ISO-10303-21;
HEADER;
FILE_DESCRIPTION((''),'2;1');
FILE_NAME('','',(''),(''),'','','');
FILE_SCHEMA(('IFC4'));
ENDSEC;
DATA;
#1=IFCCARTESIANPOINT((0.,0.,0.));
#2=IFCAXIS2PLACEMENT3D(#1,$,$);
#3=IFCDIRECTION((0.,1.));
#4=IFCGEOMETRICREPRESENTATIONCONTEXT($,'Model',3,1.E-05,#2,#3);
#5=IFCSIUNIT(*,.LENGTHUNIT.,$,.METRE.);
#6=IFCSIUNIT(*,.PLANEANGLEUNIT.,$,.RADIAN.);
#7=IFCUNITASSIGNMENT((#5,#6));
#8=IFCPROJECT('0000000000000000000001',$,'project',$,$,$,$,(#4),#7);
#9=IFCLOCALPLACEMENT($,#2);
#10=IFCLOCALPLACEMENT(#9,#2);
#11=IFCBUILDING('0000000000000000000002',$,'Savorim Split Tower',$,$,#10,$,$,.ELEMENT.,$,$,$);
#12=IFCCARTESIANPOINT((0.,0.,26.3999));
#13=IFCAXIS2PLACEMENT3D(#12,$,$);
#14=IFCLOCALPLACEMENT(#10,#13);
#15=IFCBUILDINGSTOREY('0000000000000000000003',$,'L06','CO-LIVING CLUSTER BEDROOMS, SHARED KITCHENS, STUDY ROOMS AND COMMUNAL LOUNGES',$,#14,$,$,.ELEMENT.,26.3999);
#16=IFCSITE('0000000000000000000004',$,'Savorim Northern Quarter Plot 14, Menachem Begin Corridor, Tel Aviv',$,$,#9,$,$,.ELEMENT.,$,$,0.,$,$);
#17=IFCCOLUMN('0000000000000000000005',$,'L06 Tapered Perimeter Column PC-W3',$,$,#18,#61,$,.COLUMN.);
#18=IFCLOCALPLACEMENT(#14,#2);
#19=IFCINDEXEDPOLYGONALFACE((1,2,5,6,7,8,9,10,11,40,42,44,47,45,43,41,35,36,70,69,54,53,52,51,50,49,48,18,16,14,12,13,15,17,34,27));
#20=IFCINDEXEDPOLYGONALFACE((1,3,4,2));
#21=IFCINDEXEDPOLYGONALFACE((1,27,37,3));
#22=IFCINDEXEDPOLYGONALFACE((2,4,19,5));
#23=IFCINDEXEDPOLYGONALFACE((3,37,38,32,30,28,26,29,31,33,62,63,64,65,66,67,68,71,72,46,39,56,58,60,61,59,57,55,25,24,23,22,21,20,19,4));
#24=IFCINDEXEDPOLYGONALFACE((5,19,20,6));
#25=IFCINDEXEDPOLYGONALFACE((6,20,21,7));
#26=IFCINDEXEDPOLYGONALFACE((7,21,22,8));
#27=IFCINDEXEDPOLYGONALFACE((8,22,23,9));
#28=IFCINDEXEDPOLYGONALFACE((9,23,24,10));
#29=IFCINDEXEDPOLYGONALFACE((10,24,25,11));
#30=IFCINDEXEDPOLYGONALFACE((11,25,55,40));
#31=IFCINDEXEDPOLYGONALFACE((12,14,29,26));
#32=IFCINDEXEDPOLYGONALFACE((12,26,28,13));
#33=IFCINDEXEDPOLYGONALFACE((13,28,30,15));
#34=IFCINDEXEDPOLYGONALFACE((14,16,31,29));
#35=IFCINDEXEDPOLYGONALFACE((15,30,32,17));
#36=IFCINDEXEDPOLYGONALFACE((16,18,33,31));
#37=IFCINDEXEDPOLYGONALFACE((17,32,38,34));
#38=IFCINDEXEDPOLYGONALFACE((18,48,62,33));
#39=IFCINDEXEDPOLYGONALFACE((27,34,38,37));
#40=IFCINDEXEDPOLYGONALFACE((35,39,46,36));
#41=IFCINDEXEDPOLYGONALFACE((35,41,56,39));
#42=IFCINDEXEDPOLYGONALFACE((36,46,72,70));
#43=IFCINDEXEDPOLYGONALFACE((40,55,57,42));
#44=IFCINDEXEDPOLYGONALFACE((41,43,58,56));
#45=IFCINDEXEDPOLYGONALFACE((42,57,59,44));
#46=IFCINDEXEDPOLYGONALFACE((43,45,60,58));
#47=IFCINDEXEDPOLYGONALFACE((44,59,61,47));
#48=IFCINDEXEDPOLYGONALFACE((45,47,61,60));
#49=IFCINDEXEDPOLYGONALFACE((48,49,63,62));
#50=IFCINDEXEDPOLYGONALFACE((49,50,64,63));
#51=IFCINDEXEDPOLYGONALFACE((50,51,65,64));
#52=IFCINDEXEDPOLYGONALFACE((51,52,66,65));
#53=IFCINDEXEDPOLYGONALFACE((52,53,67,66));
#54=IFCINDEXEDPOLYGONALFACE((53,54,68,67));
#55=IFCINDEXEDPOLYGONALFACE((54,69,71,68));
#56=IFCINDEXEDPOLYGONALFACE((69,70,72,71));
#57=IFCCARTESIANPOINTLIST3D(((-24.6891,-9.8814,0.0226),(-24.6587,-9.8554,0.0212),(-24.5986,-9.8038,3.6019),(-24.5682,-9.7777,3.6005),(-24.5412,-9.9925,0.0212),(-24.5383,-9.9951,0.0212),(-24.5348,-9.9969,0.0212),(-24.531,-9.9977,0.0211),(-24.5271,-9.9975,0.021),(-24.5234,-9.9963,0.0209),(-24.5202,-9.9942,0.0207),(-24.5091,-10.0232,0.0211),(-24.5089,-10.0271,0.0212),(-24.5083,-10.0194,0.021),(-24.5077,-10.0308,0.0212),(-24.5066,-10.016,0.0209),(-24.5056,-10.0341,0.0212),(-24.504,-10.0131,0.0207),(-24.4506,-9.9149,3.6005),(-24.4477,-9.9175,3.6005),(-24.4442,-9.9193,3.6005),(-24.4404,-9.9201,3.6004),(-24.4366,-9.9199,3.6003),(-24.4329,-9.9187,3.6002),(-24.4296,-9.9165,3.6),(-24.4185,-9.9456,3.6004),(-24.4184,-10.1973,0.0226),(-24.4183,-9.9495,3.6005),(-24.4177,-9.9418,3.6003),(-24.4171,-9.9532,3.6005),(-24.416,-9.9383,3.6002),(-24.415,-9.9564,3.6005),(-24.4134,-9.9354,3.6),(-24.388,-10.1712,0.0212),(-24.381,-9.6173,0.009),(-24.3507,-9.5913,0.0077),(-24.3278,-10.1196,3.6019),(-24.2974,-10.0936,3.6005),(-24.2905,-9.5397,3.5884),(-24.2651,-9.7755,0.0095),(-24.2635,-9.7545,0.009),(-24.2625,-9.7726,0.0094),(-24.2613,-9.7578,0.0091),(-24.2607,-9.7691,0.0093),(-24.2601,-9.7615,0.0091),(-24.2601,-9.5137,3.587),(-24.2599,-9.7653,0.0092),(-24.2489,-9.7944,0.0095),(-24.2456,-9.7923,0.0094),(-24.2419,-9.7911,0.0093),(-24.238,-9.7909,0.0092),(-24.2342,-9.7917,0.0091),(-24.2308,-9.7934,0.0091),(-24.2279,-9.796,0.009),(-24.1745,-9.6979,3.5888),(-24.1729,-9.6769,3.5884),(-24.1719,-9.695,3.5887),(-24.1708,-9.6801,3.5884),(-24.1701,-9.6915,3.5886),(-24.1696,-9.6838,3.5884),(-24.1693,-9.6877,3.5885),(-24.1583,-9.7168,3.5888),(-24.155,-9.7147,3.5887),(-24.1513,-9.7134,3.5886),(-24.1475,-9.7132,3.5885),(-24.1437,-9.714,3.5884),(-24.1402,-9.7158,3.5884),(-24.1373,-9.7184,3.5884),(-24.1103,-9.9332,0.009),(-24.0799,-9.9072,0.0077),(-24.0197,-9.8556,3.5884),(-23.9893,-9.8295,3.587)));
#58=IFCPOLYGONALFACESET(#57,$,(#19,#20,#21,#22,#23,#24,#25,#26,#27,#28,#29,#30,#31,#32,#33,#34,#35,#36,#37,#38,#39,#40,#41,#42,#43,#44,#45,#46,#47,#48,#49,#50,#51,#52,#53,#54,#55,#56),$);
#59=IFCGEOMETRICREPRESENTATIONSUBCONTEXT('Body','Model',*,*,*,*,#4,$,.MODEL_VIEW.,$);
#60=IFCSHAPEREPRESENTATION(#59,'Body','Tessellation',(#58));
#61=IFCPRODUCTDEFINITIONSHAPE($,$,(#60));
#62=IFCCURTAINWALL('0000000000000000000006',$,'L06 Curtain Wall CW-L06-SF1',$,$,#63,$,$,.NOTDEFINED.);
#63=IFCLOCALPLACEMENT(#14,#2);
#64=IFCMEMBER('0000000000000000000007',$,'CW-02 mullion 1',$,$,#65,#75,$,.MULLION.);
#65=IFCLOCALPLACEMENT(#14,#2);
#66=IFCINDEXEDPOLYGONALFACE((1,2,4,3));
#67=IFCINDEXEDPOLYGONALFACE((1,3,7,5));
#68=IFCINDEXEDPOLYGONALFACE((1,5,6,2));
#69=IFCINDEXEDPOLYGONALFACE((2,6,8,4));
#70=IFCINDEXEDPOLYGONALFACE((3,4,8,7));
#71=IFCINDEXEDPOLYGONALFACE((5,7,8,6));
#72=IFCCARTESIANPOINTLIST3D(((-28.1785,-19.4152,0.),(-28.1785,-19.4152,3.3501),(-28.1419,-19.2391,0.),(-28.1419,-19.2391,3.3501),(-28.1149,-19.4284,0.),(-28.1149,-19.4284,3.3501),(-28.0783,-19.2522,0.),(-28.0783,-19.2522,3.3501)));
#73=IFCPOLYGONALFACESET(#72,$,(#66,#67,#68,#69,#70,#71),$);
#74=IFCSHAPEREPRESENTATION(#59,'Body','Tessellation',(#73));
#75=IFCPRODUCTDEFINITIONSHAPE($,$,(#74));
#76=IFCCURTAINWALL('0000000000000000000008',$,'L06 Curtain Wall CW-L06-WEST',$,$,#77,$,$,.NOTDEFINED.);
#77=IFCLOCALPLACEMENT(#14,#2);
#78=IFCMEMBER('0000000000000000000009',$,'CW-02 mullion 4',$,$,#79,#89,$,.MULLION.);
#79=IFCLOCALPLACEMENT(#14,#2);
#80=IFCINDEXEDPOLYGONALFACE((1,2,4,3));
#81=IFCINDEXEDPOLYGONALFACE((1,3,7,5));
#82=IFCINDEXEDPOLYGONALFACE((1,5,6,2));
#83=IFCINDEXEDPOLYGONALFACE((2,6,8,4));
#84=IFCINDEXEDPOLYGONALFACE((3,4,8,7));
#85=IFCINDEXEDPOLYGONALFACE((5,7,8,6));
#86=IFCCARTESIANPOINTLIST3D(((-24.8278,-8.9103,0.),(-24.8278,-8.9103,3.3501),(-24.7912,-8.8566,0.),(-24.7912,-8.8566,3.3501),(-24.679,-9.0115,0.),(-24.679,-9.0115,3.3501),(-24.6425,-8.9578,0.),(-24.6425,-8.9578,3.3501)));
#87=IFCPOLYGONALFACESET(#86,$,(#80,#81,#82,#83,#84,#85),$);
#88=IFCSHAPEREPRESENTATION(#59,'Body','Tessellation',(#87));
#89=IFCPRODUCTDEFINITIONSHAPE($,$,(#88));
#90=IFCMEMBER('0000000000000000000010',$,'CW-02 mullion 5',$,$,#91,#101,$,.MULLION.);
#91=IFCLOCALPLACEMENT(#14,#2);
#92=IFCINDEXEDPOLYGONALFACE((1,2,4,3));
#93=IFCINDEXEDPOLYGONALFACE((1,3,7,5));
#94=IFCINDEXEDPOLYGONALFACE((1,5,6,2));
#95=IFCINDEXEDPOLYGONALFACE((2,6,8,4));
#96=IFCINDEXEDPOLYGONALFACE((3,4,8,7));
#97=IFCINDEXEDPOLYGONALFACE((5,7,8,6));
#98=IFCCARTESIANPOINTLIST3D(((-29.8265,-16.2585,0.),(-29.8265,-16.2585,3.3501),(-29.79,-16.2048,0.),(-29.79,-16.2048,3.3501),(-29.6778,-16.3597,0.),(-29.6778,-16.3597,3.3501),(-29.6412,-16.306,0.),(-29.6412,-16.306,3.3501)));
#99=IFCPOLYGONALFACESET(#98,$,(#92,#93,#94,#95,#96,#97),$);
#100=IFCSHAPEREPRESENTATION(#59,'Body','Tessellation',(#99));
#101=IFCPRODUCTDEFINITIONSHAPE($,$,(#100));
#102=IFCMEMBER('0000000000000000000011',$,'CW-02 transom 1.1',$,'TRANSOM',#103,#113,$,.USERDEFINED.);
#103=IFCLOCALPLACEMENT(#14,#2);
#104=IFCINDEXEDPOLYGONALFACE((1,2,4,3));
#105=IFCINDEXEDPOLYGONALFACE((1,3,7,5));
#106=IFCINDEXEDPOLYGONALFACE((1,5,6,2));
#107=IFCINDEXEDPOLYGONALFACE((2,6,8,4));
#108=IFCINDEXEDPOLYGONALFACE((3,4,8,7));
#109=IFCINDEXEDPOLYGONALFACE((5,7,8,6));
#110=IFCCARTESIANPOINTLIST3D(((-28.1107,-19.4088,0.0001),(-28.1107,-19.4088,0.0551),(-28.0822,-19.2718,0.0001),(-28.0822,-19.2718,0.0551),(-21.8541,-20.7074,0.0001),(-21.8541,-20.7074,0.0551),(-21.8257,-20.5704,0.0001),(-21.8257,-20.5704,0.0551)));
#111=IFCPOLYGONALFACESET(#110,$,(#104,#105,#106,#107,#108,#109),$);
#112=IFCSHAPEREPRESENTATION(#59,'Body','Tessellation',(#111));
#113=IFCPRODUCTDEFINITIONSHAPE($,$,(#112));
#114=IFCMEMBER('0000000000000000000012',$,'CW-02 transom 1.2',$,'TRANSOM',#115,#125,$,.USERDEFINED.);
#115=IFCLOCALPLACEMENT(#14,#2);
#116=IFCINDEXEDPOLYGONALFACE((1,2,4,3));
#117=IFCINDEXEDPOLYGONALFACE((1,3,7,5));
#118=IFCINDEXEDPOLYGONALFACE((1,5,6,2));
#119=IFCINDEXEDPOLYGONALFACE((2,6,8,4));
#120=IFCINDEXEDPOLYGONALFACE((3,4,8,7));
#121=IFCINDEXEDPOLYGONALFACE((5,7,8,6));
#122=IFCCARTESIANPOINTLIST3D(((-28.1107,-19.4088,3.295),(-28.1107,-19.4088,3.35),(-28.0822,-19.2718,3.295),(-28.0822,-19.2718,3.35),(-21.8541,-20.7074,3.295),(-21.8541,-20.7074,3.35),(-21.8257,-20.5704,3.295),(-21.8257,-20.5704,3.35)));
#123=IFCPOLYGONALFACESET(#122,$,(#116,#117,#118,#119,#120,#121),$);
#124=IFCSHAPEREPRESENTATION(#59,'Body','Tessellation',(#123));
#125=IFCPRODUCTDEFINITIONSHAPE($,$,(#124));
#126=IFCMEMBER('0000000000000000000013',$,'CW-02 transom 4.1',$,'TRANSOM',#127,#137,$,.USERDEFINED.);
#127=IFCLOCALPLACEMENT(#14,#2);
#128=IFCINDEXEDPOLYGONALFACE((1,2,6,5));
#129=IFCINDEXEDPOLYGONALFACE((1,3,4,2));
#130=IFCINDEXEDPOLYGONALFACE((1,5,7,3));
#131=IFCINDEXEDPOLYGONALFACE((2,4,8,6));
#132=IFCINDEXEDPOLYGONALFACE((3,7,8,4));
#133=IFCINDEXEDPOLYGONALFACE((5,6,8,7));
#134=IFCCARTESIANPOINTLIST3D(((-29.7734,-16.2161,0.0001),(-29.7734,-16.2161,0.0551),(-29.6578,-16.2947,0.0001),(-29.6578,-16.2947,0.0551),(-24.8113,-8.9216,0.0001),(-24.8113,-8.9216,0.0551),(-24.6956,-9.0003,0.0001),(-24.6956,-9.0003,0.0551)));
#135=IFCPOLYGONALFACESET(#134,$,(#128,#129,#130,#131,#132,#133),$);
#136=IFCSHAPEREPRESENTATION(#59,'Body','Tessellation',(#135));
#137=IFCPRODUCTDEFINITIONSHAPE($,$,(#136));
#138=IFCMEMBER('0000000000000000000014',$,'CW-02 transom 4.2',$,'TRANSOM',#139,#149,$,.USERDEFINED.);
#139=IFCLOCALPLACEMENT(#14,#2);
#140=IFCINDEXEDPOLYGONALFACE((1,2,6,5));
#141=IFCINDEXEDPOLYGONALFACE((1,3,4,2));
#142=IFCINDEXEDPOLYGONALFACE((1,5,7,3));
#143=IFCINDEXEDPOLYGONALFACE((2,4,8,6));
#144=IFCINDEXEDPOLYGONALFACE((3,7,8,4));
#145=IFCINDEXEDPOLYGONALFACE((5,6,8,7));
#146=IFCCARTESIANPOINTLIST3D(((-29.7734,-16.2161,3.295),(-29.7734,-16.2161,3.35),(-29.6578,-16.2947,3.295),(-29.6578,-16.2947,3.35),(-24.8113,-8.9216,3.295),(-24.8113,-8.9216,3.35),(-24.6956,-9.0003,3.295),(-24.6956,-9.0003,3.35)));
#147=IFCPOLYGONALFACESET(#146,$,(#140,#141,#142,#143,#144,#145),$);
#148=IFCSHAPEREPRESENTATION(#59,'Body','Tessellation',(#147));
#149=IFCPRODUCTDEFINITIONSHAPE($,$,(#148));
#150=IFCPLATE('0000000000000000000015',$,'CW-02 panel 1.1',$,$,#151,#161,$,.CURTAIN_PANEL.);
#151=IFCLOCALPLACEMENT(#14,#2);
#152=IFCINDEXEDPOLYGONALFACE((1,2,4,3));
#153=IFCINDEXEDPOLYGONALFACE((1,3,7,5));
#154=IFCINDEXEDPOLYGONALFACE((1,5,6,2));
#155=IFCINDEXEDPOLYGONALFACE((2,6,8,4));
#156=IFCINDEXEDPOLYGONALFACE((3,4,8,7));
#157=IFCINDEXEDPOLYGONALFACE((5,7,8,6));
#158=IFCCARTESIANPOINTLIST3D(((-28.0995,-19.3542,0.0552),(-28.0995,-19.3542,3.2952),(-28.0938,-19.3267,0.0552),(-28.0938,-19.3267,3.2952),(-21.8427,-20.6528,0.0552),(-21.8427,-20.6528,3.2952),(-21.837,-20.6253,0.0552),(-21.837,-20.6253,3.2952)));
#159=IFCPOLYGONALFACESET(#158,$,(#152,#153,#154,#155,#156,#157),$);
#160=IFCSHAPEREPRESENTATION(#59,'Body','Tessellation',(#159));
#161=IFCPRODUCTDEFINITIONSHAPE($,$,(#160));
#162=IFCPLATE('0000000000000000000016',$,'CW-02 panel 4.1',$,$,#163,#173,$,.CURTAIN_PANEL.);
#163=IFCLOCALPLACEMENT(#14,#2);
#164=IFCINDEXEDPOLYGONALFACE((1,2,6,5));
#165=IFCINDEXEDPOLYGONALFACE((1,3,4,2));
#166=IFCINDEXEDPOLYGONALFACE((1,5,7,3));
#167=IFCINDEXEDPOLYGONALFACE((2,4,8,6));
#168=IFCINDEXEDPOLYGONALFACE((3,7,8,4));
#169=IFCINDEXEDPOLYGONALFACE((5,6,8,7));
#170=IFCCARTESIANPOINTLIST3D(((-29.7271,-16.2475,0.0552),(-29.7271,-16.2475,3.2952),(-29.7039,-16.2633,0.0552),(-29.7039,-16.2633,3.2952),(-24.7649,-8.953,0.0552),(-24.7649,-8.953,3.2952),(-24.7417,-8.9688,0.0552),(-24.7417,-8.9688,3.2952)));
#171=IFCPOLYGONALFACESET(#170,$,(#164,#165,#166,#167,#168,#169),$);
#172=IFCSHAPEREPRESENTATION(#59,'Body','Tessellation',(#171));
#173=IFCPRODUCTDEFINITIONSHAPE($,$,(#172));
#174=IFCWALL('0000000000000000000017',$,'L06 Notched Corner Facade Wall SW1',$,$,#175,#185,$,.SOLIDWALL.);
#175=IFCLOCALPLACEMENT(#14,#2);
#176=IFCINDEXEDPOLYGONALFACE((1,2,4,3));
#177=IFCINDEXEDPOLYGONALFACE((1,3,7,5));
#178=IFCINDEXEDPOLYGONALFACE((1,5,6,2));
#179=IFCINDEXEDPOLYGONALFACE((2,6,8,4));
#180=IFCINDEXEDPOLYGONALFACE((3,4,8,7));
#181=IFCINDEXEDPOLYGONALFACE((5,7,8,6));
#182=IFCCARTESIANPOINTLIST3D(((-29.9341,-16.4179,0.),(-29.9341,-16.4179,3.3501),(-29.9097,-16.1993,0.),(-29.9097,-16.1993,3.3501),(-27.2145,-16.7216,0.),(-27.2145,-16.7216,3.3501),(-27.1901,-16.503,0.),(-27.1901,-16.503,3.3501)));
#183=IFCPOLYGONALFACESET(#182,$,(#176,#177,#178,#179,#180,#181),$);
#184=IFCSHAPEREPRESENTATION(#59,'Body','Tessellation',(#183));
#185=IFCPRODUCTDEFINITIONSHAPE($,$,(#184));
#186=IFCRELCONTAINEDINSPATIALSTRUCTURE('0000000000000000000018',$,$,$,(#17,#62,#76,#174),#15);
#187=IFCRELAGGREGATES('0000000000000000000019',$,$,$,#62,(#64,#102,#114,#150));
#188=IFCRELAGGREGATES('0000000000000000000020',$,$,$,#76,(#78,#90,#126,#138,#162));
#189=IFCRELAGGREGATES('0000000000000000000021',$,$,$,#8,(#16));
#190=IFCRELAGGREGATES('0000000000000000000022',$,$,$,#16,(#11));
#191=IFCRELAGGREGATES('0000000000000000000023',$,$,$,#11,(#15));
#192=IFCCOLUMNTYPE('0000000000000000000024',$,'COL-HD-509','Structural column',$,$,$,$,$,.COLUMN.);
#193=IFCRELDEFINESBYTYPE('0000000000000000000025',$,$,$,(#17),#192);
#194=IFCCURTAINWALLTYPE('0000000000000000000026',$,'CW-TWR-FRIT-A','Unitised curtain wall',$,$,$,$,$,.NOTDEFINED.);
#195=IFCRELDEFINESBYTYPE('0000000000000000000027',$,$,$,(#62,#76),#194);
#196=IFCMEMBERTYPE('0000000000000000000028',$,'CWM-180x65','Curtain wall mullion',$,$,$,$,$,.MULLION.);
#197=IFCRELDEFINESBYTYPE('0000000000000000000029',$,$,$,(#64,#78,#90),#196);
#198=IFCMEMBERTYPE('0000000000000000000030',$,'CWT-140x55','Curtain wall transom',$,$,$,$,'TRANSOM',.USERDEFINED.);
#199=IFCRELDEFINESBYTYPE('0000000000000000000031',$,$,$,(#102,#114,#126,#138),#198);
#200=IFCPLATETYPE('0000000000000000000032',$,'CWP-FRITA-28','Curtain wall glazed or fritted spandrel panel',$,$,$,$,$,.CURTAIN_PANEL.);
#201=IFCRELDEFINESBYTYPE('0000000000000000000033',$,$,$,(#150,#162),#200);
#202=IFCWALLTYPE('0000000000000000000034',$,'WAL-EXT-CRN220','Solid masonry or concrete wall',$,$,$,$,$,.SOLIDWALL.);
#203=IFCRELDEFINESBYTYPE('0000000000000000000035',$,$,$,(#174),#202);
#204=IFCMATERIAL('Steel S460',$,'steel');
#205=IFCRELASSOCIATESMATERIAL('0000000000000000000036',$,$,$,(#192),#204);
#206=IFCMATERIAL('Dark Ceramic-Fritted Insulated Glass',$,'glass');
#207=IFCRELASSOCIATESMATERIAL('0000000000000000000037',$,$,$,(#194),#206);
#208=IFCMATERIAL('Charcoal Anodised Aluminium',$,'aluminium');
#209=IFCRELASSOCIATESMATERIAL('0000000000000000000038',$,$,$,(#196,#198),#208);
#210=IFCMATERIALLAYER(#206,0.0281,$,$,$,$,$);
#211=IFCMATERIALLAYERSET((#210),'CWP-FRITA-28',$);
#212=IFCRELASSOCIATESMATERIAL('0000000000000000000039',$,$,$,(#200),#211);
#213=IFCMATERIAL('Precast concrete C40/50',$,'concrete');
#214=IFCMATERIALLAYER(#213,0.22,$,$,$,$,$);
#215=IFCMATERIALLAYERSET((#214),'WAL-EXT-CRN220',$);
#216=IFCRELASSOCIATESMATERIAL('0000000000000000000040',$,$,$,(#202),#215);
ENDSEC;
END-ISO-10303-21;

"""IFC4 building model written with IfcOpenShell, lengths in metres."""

from ifc_helpers import new_model, si_unit, direction, frame, frame_2d, origin, origin_2d, place, context, subcontext, project, spatial, rectangle, i_section, extrude, material, layer, layer_set, material_profile, profile_set, type_object, element, aggregate, save


model = new_model("IFC4")

# Units and contexts
model_context = context("Model", 3, precision=1e-05, world=origin(), true_north=direction((0.0, 1.0)))
body_context = subcontext(model_context, "Body", "Model", "MODEL_VIEW")
ifc_project = project(units=[si_unit("LENGTHUNIT", "METRE"), si_unit("PLANEANGLEUNIT", "RADIAN")], contexts=[model_context])

# Site, building, storey
site_placement = place(None, origin())
site = spatial("IfcSite", under=ifc_project, at=site_placement, Name="Savorim Northern Quarter Plot 14, Menachem Begin Corridor, Tel Aviv", CompositionType="ELEMENT", RefElevation=0.0)
building_placement = place(site_placement, origin())
building = spatial("IfcBuilding", under=site, at=building_placement, Name="Savorim Split Tower", CompositionType="ELEMENT")
storey_placement = place(building_placement, frame((0.0, 0.0, 26.3999)))
storey = spatial("IfcBuildingStorey", under=building, at=storey_placement, Name="L06", Description="CO-LIVING CLUSTER BEDROOMS, SHARED KITCHENS, STUDY ROOMS AND COMMUNAL LOUNGES", CompositionType="ELEMENT", Elevation=26.3999)

# Column
ifc_material_1 = material(Name="Steel S460", Category="steel")
ifc_material_profile_1 = material_profile(ifc_material_1, i_section(OverallWidth=0.416, OverallDepth=0.446, WebThickness=0.0249, FlangeThickness=0.04, FilletRadius=0.0149, at=origin_2d()), Name="HD 400x509")
ifc_profile_set_1 = profile_set([ifc_material_profile_1], Name="Steel S460")
column_type = type_object("IfcColumnType", Name="COL-HD-509", Description="Structural column", PredefinedType="COLUMN", material=ifc_profile_set_1)
column_placement = place(storey_placement, frame((-24.3845, -9.8943, 0.0151), z_axis=(0.025291, 0.021678, 0.999445), x_axis=(-0.650791, 0.759257, 0.0)))
element("IfcColumn", 1, at=column_placement, inside=storey, type_object=column_type, Name="L06 Tapered Perimeter Column PC-W3", PredefinedType="COLUMN", context=body_context, shape_type="SweptSolid", body=[
    extrude(i_section(OverallWidth=0.416, OverallDepth=0.446, WebThickness=0.0249, FlangeThickness=0.04, FilletRadius=0.0149, at=origin_2d()), origin(), (0.0, 0.0, 1.0), 3.5813),
])

# Curtain wall, member
ifc_material_2 = material(Name="Dark Ceramic-Fritted Insulated Glass", Category="glass")
curtain_wall_type = type_object("IfcCurtainWallType", Name="CW-TWR-FRIT-A", Description="Unitised curtain wall", PredefinedType="NOTDEFINED", material=ifc_material_2)
curtain_wall_1_placement = place(storey_placement, origin())
curtain_wall_1 = element("IfcCurtainWall", 2, at=curtain_wall_1_placement, inside=storey, type_object=curtain_wall_type, Name="L06 Curtain Wall CW-L06-SF1", PredefinedType="NOTDEFINED")
ifc_material_3 = material(Name="Charcoal Anodised Aluminium", Category="aluminium")
ifc_material_profile_2 = material_profile(ifc_material_3, rectangle(XDim=0.1799, YDim=0.0649, at=origin_2d()), Name="ALU-M 180x65")
ifc_profile_set_2 = profile_set([ifc_material_profile_2], Name="Charcoal Anodised Aluminium")
member_type_1 = type_object("IfcMemberType", Name="CWM-180x65", Description="Curtain wall mullion", PredefinedType="MULLION", material=ifc_profile_set_2)
member_1_placement = place(storey_placement, frame((-28.1284, -19.3337, 0.0), z_axis=(0.0, 0.0, 1.0), x_axis=(0.20321, 0.979135, 0.0)))
member_1 = element("IfcMember", 3, at=member_1_placement, type_object=member_type_1, Name="CW-02 mullion 1", PredefinedType="MULLION", context=body_context, shape_type="SweptSolid", body=[
    extrude(rectangle(XDim=0.1799, YDim=0.0649, at=origin_2d()), origin(), (0.0, 0.0, 1.0), 3.3501),
])

# Curtain wall, members
curtain_wall_2_placement = place(storey_placement, origin())
curtain_wall_2 = element("IfcCurtainWall", 4, at=curtain_wall_2_placement, inside=storey, type_object=curtain_wall_type, Name="L06 Curtain Wall CW-L06-WEST", PredefinedType="NOTDEFINED")
member_2_placement = place(storey_placement, frame((-24.7351, -8.9341, 0.0), z_axis=(0.0, 0.0, 1.0), x_axis=(0.826821, -0.562465, 0.0)))
member_2 = element("IfcMember", 5, at=member_2_placement, type_object=member_type_1, Name="CW-02 mullion 4", PredefinedType="MULLION", context=body_context, shape_type="SweptSolid", body=[
    extrude(rectangle(XDim=0.1799, YDim=0.0649, at=origin_2d()), origin(), (0.0, 0.0, 1.0), 3.3501),
])
member_3_placement = place(storey_placement, frame((-29.7339, -16.2822, 0.0), z_axis=(0.0, 0.0, 1.0), x_axis=(0.826821, -0.562465, 0.0)))
member_3 = element("IfcMember", 6, at=member_3_placement, type_object=member_type_1, Name="CW-02 mullion 5", PredefinedType="MULLION", context=body_context, shape_type="SweptSolid", body=[
    extrude(rectangle(XDim=0.1799, YDim=0.0649, at=origin_2d()), origin(), (0.0, 0.0, 1.0), 3.3501),
])

# Members
ifc_material_profile_3 = material_profile(ifc_material_3, rectangle(XDim=0.1399, YDim=0.0549, at=origin_2d()), Name="ALU-T 140x55")
ifc_profile_set_3 = profile_set([ifc_material_profile_3], Name="Charcoal Anodised Aluminium")
member_type_2 = type_object("IfcMemberType", Name="CWT-140x55", Description="Curtain wall transom", ElementType="TRANSOM", PredefinedType="USERDEFINED", material=ifc_profile_set_3)
member_4_placement = place(storey_placement, frame((-28.0964, -19.3403, 0.0276), z_axis=(0.979132, -0.203223, 0.0), x_axis=(0.203223, 0.979132, 0.0)))
member_4 = element("IfcMember", 7, at=member_4_placement, type_object=member_type_2, Name="CW-02 transom 1.1", ObjectType="TRANSOM", PredefinedType="USERDEFINED", context=body_context, shape_type="SweptSolid", body=[
    extrude(rectangle(XDim=0.1399, YDim=0.0549, at=origin_2d()), origin(), (0.0, 0.0, 1.0), 6.3899),
])
member_5_placement = place(storey_placement, frame((-28.0964, -19.3403, 3.3225), z_axis=(0.979132, -0.203223, 0.0), x_axis=(0.203223, 0.979132, 0.0)))
member_5 = element("IfcMember", 8, at=member_5_placement, type_object=member_type_2, Name="CW-02 transom 1.2", ObjectType="TRANSOM", PredefinedType="USERDEFINED", context=body_context, shape_type="SweptSolid", body=[
    extrude(rectangle(XDim=0.1399, YDim=0.0549, at=origin_2d()), origin(), (0.0, 0.0, 1.0), 6.3899),
])
member_6_placement = place(storey_placement, frame((-24.7534, -8.9609, 0.0276), z_axis=(-0.562461, -0.826824, 0.0), x_axis=(0.826824, -0.562461, 0.0)))
member_6 = element("IfcMember", 9, at=member_6_placement, type_object=member_type_2, Name="CW-02 transom 4.1", ObjectType="TRANSOM", PredefinedType="USERDEFINED", context=body_context, shape_type="SweptSolid", body=[
    extrude(rectangle(XDim=0.1399, YDim=0.0549, at=origin_2d()), origin(), (0.0, 0.0, 1.0), 8.8223),
])
member_7_placement = place(storey_placement, frame((-24.7534, -8.9609, 3.3225), z_axis=(-0.562461, -0.826824, 0.0), x_axis=(0.826824, -0.562461, 0.0)))
member_7 = element("IfcMember", 10, at=member_7_placement, type_object=member_type_2, Name="CW-02 transom 4.2", ObjectType="TRANSOM", PredefinedType="USERDEFINED", context=body_context, shape_type="SweptSolid", body=[
    extrude(rectangle(XDim=0.1399, YDim=0.0549, at=origin_2d()), origin(), (0.0, 0.0, 1.0), 8.8223),
])

# Plates
ifc_layer_1 = layer(ifc_material_2, 0.0281)
ifc_layer_set_1 = layer_set([ifc_layer_1], Name="CWP-FRITA-28")
plate_type = type_object("IfcPlateType", Name="CWP-FRITA-28", Description="Curtain wall glazed or fritted spandrel panel", PredefinedType="CURTAIN_PANEL", material=ifc_layer_set_1)
plate_1_placement = place(storey_placement, frame((-24.9683, -19.9897, 0.0552), z_axis=(0.0, 0.0, 1.0), x_axis=(0.979135, -0.20321, 0.0)))
plate_1 = element("IfcPlate", 11, at=plate_1_placement, type_object=plate_type, Name="CW-02 panel 1.1", PredefinedType="CURTAIN_PANEL", context=body_context, shape_type="SweptSolid", body=[
    extrude(rectangle(XDim=6.3901, YDim=0.0281, at=origin_2d()), origin(), (0.0, 0.0, 1.0), 3.24),
])
aggregate(curtain_wall_1, [member_1, member_4, member_5, plate_1])
plate_2_placement = place(storey_placement, frame((-27.2344, -12.6082, 0.0552), z_axis=(0.0, 0.0, 1.0), x_axis=(-0.562465, -0.826821, 0.0)))
plate_2 = element("IfcPlate", 12, at=plate_2_placement, type_object=plate_type, Name="CW-02 panel 4.1", PredefinedType="CURTAIN_PANEL", context=body_context, shape_type="SweptSolid", body=[
    extrude(rectangle(XDim=8.8223, YDim=0.0281, at=origin_2d()), origin(), (0.0, 0.0, 1.0), 3.24),
])
aggregate(curtain_wall_2, [member_2, member_3, member_6, member_7, plate_2])

# Wall
ifc_material_4 = material(Name="Precast concrete C40/50", Category="concrete")
ifc_layer_2 = layer(ifc_material_4, 0.22)
ifc_layer_set_2 = layer_set([ifc_layer_2], Name="WAL-EXT-CRN220")
wall_type = type_object("IfcWallType", Name="WAL-EXT-CRN220", Description="Solid masonry or concrete wall", PredefinedType="SOLIDWALL", material=ifc_layer_set_2)
wall_1_placement = place(storey_placement, frame((-27.2024, -16.6123, 0.0), z_axis=(0.0, 0.0, 1.0), x_axis=(-0.993823, 0.11098, 0.0)))
element("IfcWall", 13, at=wall_1_placement, inside=storey, type_object=wall_type, Name="L06 Notched Corner Facade Wall SW1", PredefinedType="SOLIDWALL", context=body_context, shape_type="SweptSolid", body=[
    extrude(rectangle(XDim=2.7366, YDim=0.22, at=frame_2d((1.3682, 0.0))), origin(), (0.0, 0.0, 1.0), 3.3501),
])

save(model, "model.ifc")
